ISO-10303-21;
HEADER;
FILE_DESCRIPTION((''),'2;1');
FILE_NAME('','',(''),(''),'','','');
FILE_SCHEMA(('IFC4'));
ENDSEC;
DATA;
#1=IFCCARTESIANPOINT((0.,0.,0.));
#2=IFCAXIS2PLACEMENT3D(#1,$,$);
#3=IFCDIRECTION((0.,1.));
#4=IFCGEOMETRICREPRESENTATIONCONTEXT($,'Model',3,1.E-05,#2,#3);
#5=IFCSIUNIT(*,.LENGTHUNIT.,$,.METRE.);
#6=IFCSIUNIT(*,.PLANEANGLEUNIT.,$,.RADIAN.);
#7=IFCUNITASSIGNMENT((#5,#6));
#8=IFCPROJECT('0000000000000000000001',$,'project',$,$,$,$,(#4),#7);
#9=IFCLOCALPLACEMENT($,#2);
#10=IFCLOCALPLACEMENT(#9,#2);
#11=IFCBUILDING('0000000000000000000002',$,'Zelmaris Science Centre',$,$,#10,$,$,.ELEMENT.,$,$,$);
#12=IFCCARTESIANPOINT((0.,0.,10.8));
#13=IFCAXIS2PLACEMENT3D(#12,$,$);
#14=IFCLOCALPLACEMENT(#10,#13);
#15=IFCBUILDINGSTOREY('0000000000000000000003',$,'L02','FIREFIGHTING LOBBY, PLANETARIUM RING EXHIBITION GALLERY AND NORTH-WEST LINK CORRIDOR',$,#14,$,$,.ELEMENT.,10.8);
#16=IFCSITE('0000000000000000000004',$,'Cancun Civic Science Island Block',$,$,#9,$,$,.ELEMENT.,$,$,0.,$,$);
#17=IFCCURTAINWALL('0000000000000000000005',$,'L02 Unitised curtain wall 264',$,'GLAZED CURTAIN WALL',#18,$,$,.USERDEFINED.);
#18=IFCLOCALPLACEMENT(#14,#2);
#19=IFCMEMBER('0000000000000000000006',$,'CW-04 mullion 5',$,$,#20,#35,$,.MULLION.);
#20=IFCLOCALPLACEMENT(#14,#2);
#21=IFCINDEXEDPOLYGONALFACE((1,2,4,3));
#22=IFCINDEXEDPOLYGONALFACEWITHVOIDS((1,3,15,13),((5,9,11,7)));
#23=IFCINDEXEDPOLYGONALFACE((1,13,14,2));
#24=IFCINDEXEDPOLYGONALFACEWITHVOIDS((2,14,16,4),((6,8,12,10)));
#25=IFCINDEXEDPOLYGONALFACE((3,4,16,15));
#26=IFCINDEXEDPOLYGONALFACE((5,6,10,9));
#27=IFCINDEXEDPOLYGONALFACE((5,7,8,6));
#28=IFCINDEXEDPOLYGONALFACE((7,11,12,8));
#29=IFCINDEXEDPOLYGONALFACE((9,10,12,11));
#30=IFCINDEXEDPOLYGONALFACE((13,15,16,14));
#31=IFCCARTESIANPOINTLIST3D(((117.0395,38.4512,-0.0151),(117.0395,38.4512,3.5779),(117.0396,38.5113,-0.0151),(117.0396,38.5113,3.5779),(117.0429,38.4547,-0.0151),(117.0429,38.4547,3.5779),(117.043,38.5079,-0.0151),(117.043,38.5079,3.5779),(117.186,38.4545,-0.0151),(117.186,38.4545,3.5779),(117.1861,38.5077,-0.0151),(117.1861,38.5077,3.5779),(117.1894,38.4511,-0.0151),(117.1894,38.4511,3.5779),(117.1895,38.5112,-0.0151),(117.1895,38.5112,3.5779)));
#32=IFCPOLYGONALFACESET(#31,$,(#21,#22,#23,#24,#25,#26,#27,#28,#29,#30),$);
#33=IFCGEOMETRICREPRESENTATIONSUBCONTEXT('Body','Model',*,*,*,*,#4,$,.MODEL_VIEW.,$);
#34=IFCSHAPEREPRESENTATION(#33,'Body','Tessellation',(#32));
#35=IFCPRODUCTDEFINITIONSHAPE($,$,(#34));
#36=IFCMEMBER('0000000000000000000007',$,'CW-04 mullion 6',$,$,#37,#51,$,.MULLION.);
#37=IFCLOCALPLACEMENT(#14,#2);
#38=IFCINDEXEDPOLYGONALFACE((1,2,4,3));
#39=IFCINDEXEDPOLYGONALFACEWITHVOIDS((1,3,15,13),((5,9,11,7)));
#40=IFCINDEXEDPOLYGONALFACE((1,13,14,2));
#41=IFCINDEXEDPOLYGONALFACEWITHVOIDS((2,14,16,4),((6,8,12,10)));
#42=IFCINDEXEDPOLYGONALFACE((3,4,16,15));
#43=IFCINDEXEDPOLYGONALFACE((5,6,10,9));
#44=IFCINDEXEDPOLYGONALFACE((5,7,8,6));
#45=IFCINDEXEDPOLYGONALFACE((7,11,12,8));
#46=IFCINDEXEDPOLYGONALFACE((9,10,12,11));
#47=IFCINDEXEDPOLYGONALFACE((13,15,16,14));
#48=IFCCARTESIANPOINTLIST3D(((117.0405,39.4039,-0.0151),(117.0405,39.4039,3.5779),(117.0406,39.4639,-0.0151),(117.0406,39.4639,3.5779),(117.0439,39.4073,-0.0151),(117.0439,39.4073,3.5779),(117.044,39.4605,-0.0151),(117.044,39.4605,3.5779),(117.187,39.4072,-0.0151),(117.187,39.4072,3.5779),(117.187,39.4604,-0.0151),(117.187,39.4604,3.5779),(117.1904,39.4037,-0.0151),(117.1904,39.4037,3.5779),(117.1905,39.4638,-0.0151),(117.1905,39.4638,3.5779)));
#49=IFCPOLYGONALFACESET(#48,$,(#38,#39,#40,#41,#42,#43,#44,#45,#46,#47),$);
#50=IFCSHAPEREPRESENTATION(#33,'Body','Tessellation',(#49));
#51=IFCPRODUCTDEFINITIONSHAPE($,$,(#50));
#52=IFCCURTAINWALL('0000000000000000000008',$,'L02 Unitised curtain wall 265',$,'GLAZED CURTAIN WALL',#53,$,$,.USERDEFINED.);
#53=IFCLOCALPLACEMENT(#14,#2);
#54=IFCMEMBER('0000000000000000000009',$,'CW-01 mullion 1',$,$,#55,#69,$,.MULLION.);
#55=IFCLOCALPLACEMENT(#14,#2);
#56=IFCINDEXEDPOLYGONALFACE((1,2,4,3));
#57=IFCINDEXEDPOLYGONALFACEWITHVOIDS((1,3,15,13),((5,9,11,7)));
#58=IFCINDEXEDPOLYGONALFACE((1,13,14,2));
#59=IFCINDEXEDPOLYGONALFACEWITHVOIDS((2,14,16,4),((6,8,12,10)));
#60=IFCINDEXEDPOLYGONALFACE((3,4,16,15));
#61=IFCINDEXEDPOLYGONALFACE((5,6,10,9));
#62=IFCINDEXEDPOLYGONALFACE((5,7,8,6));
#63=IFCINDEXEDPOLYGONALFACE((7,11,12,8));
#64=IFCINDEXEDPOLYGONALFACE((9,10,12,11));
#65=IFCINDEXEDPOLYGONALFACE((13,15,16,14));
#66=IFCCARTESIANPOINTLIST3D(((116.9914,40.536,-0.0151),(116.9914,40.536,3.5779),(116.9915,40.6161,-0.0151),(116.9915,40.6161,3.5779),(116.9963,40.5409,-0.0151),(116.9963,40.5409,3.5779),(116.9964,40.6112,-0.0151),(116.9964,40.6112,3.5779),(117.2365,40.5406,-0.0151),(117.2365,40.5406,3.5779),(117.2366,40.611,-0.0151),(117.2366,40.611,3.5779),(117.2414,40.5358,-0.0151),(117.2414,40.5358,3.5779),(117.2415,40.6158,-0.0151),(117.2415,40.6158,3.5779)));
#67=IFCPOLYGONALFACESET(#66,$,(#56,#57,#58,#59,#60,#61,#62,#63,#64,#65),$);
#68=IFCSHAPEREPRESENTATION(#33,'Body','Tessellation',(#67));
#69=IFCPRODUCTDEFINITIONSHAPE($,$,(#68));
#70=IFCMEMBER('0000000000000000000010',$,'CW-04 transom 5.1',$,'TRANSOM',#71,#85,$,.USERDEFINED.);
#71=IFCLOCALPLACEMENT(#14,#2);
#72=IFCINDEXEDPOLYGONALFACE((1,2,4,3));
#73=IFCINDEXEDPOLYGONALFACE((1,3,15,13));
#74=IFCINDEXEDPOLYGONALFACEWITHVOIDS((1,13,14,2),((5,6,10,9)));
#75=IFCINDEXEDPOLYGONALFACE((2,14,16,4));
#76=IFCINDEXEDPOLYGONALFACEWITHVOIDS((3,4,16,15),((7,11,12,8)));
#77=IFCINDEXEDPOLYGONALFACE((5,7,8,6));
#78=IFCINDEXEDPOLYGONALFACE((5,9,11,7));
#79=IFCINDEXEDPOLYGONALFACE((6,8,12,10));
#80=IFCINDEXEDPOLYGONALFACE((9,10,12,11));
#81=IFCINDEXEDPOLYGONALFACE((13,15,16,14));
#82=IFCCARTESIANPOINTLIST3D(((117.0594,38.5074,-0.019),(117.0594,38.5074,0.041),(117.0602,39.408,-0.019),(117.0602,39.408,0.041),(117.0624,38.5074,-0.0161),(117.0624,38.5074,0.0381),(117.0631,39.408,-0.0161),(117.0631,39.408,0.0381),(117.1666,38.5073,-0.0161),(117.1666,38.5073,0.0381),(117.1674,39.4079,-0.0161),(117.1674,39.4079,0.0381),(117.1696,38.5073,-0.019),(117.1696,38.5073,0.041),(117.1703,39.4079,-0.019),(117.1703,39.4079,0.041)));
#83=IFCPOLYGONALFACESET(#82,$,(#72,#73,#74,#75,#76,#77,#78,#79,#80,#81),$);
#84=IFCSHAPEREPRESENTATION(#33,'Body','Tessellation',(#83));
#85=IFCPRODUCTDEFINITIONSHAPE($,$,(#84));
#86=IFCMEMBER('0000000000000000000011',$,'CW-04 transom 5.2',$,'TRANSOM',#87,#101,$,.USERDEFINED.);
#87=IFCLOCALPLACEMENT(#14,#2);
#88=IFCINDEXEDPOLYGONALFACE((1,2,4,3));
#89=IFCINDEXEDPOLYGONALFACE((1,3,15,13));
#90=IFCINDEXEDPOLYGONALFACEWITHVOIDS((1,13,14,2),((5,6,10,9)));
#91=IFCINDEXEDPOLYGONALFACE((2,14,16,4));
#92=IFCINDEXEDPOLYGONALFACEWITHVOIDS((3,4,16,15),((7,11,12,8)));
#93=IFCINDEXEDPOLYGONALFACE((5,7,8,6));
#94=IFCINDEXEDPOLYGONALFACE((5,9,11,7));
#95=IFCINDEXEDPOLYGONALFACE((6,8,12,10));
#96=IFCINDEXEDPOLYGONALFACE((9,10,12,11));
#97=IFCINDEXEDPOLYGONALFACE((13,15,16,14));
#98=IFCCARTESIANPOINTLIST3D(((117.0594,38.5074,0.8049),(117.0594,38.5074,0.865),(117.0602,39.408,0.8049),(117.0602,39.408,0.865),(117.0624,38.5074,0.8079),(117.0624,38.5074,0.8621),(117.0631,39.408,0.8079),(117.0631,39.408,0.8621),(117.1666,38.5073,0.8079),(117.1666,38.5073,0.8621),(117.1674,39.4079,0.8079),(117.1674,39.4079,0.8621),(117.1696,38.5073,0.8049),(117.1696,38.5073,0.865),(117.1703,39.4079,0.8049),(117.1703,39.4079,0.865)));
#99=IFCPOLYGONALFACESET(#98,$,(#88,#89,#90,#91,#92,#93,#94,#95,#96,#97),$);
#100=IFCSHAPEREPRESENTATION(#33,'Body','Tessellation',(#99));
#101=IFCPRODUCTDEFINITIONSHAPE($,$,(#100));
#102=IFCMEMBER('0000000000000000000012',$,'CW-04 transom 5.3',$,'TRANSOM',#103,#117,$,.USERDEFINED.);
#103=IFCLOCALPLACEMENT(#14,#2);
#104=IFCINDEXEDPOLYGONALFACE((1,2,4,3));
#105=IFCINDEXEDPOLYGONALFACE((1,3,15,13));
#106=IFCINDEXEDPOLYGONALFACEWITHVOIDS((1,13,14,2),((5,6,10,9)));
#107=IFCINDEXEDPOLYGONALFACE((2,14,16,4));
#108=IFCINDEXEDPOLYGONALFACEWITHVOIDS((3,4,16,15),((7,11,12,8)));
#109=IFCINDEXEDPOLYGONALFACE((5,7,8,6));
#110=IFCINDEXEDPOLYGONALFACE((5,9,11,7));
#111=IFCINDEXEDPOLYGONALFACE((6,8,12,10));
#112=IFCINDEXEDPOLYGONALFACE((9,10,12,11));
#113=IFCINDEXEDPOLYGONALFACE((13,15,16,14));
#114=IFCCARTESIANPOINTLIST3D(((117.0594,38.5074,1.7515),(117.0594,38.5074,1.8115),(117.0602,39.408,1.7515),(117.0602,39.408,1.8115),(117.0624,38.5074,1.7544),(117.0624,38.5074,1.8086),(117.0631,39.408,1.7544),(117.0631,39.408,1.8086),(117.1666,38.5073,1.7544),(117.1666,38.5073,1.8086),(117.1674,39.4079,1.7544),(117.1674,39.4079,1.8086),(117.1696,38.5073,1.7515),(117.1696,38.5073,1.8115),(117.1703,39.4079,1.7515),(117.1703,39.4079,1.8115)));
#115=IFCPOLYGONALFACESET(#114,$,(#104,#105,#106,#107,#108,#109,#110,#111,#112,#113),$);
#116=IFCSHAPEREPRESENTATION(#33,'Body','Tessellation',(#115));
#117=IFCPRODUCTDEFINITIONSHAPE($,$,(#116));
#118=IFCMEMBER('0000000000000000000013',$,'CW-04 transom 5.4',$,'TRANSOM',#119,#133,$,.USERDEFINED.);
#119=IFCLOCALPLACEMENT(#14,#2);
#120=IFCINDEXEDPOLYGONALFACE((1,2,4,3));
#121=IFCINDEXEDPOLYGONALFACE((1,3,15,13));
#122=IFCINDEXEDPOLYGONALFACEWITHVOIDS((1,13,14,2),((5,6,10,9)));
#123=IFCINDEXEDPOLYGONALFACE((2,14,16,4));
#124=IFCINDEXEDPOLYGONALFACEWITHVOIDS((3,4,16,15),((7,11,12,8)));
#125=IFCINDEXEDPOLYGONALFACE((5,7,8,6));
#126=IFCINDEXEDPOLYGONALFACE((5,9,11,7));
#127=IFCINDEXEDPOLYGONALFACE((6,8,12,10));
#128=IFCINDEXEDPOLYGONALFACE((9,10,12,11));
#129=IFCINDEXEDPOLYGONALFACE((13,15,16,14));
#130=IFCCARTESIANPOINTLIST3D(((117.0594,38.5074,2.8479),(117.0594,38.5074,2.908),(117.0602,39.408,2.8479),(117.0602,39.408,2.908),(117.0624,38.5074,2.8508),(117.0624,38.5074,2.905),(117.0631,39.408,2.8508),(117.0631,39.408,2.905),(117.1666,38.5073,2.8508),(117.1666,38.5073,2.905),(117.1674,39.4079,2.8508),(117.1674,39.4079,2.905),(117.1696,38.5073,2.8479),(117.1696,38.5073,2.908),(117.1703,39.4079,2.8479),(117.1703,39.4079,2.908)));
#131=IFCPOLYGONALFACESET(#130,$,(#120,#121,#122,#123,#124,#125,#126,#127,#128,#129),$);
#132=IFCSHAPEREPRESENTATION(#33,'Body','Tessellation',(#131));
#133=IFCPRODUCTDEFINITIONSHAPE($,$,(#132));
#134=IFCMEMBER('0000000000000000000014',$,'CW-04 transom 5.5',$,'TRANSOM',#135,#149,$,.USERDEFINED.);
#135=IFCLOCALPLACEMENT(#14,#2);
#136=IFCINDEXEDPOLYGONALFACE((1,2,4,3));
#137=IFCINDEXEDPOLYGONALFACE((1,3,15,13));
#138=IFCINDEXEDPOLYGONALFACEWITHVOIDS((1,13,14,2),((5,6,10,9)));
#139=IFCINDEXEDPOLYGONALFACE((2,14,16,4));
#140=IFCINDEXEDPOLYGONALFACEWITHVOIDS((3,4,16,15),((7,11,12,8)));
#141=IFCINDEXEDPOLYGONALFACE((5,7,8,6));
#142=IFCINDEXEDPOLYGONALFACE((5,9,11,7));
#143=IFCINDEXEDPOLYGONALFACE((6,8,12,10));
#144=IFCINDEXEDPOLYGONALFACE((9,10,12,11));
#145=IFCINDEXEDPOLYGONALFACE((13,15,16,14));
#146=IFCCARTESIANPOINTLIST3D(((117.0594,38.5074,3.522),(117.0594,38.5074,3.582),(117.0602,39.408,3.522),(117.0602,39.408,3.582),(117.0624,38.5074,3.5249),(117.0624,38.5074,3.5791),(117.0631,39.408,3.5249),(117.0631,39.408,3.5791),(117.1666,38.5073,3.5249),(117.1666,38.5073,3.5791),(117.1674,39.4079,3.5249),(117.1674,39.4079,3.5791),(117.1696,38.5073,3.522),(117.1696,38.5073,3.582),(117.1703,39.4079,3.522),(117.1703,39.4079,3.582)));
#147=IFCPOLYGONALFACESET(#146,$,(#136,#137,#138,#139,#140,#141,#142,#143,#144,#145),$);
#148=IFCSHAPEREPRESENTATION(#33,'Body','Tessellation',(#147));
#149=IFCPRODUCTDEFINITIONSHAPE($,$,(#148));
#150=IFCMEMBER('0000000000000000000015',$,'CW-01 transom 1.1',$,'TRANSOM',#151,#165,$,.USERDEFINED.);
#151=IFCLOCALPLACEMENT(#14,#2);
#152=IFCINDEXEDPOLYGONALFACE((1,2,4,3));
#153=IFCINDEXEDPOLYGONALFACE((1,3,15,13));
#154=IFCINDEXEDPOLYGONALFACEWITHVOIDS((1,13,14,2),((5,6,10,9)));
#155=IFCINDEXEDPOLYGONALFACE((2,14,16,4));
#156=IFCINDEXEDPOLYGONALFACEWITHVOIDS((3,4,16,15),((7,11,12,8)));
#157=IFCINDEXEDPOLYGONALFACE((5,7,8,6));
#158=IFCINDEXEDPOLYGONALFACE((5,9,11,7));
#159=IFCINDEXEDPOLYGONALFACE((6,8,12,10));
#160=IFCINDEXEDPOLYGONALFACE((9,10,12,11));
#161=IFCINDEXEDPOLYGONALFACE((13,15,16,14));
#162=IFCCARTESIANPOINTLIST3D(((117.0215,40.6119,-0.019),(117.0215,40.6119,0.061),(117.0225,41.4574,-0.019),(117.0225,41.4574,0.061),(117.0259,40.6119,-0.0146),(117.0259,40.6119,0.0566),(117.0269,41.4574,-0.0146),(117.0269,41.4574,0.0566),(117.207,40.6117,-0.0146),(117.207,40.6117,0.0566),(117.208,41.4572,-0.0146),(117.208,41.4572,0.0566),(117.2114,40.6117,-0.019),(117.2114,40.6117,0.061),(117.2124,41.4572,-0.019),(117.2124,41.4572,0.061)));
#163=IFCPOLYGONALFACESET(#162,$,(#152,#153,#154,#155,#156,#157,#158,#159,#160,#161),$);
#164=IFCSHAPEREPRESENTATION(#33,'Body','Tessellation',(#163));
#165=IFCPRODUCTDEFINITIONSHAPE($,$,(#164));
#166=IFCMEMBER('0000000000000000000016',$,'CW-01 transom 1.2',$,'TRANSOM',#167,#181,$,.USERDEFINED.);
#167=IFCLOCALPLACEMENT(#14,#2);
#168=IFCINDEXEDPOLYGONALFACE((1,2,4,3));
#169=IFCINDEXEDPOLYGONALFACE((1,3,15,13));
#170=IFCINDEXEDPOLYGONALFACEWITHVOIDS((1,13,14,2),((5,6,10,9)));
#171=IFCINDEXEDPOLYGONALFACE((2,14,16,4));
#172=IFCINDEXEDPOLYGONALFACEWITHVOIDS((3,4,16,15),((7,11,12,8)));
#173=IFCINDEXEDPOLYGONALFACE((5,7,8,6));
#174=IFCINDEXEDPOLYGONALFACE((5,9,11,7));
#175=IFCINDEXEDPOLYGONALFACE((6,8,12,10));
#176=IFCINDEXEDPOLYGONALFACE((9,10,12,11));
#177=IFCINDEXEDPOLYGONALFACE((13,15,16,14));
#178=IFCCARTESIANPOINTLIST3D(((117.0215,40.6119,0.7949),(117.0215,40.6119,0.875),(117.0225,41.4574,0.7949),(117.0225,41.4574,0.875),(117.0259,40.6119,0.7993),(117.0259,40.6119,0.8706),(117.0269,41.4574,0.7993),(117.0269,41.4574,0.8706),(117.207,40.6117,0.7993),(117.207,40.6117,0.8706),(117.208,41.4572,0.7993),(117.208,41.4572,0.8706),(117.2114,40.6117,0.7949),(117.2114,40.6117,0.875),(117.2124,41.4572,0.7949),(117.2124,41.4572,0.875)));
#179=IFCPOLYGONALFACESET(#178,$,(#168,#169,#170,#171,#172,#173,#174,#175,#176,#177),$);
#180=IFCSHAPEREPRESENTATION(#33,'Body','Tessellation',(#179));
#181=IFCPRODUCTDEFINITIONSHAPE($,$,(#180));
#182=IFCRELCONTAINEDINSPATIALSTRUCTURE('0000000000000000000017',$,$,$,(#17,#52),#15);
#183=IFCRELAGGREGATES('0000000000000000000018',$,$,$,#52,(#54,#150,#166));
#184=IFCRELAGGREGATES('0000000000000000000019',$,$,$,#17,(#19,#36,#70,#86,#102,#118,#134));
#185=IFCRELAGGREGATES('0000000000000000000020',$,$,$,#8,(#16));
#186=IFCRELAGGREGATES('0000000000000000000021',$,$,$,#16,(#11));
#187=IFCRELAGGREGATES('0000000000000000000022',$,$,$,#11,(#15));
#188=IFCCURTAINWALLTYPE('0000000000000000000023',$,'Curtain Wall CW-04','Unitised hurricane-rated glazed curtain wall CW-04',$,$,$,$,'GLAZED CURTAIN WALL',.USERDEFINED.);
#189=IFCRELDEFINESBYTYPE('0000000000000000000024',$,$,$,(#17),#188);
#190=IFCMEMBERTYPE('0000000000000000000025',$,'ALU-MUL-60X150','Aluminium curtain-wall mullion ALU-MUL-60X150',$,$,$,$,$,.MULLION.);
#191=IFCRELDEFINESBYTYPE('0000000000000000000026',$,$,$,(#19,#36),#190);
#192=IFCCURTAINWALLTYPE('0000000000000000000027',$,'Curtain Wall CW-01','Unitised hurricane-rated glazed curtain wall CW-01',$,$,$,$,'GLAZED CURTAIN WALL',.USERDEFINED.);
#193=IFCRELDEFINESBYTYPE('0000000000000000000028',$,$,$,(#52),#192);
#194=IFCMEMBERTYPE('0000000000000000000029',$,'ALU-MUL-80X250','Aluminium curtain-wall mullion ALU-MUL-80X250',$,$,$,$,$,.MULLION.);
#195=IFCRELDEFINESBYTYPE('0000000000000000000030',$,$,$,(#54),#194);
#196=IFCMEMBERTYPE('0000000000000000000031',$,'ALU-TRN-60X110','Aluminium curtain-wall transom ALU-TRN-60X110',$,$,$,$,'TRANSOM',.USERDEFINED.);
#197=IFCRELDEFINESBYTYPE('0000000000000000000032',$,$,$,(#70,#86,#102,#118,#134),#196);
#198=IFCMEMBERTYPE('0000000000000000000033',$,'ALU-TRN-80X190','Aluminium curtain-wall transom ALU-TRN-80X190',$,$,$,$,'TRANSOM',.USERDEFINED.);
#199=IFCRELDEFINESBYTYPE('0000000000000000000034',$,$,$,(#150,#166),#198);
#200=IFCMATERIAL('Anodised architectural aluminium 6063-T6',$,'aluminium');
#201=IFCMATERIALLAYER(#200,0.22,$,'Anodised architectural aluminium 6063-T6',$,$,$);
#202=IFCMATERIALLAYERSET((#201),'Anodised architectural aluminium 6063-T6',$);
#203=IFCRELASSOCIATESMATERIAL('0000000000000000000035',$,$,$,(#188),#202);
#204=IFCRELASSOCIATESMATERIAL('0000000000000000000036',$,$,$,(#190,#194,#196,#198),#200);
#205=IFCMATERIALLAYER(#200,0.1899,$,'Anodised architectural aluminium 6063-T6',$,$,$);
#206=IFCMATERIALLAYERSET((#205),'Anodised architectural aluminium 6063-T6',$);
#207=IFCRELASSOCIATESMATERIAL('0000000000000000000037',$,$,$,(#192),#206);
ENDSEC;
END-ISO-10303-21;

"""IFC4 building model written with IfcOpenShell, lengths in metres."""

from ifc_helpers import new_model, si_unit, direction, frame, origin, origin_2d, place, context, subcontext, project, spatial, hollow_rectangle, extrude, material, layer, layer_set, material_profile, profile_set, type_object, element, aggregate, save


model = new_model("IFC4")

# Units and contexts
model_context = context("Model", 3, precision=1e-05, world=origin(), true_north=direction((0.0, 1.0)))
body_context = subcontext(model_context, "Body", "Model", "MODEL_VIEW")
ifc_project = project(units=[si_unit("LENGTHUNIT", "METRE"), si_unit("PLANEANGLEUNIT", "RADIAN")], contexts=[model_context])

# Site, building, storey
site_placement = place(None, origin())
site = spatial("IfcSite", under=ifc_project, at=site_placement, Name="Cancun Civic Science Island Block", CompositionType="ELEMENT", RefElevation=0.0)
building_placement = place(site_placement, origin())
building = spatial("IfcBuilding", under=site, at=building_placement, Name="Zelmaris Science Centre", CompositionType="ELEMENT")
storey_placement = place(building_placement, frame((0.0, 0.0, 10.8)))
storey = spatial("IfcBuildingStorey", under=building, at=storey_placement, Name="L02", Description="FIREFIGHTING LOBBY, PLANETARIUM RING EXHIBITION GALLERY AND NORTH-WEST LINK CORRIDOR", CompositionType="ELEMENT", Elevation=10.8)

# Curtain wall, members
ifc_material_1 = material(Name="Anodised architectural aluminium 6063-T6", Category="aluminium")
ifc_layer_1 = layer(ifc_material_1, 0.22, Name="Anodised architectural aluminium 6063-T6")
ifc_layer_set_1 = layer_set([ifc_layer_1], Name="Anodised architectural aluminium 6063-T6")
curtain_wall_type_1 = type_object("IfcCurtainWallType", Name="Curtain Wall CW-04", Description="Unitised hurricane-rated glazed curtain wall CW-04", ElementType="GLAZED CURTAIN WALL", PredefinedType="USERDEFINED", material=ifc_layer_set_1)
curtain_wall_1_placement = place(storey_placement, origin())
curtain_wall_1 = element("IfcCurtainWall", 1, at=curtain_wall_1_placement, inside=storey, type_object=curtain_wall_type_1, Name="L02 Unitised curtain wall 264", ObjectType="GLAZED CURTAIN WALL", PredefinedType="USERDEFINED")
ifc_material_profile_1 = material_profile(ifc_material_1, hollow_rectangle(XDim=0.0601, YDim=0.1499, WallThickness=0.0034, at=origin_2d()), Name="ALU-MUL-60X150")
ifc_profile_set_1 = profile_set([ifc_material_profile_1], Name="Anodised architectural aluminium 6063-T6")
member_type_1 = type_object("IfcMemberType", Name="ALU-MUL-60X150", Description="Aluminium curtain-wall mullion ALU-MUL-60X150", PredefinedType="MULLION", material=ifc_profile_set_1)
member_1_placement = place(storey_placement, frame((117.1145, 38.4812, -0.0151), z_axis=(0.0, 0.0, 1.0), x_axis=(0.001019, 0.999999, 0.0)))
member_1 = element("IfcMember", 2, at=member_1_placement, type_object=member_type_1, Name="CW-04 mullion 5", PredefinedType="MULLION", context=body_context, shape_type="SweptSolid", body=[
    extrude(hollow_rectangle(XDim=0.0601, YDim=0.1499, WallThickness=0.0034, at=origin_2d()), origin(), (0.0, 0.0, 1.0), 3.593),
])
member_2_placement = place(storey_placement, frame((117.1155, 39.4338, -0.0151), z_axis=(0.0, 0.0, 1.0), x_axis=(0.001019, 0.999999, 0.0)))
member_2 = element("IfcMember", 3, at=member_2_placement, type_object=member_type_1, Name="CW-04 mullion 6", PredefinedType="MULLION", context=body_context, shape_type="SweptSolid", body=[
    extrude(hollow_rectangle(XDim=0.0601, YDim=0.1499, WallThickness=0.0034, at=origin_2d()), origin(), (0.0, 0.0, 1.0), 3.593),
])

# Curtain wall, member
ifc_layer_2 = layer(ifc_material_1, 0.1899, Name="Anodised architectural aluminium 6063-T6")
ifc_layer_set_2 = layer_set([ifc_layer_2], Name="Anodised architectural aluminium 6063-T6")
curtain_wall_type_2 = type_object("IfcCurtainWallType", Name="Curtain Wall CW-01", Description="Unitised hurricane-rated glazed curtain wall CW-01", ElementType="GLAZED CURTAIN WALL", PredefinedType="USERDEFINED", material=ifc_layer_set_2)
curtain_wall_2_placement = place(storey_placement, origin())
curtain_wall_2 = element("IfcCurtainWall", 4, at=curtain_wall_2_placement, inside=storey, type_object=curtain_wall_type_2, Name="L02 Unitised curtain wall 265", ObjectType="GLAZED CURTAIN WALL", PredefinedType="USERDEFINED")
ifc_material_profile_2 = material_profile(ifc_material_1, hollow_rectangle(XDim=0.0801, YDim=0.25, WallThickness=0.0049, at=origin_2d()), Name="ALU-MUL-80X250")
ifc_profile_set_2 = profile_set([ifc_material_profile_2], Name="Anodised architectural aluminium 6063-T6")
member_type_2 = type_object("IfcMemberType", Name="ALU-MUL-80X250", Description="Aluminium curtain-wall mullion ALU-MUL-80X250", PredefinedType="MULLION", material=ifc_profile_set_2)
member_3_placement = place(storey_placement, frame((117.1165, 40.5759, -0.0151), z_axis=(0.0, 0.0, 1.0), x_axis=(0.001019, 0.999999, 0.0)))
member_3 = element("IfcMember", 5, at=member_3_placement, type_object=member_type_2, Name="CW-01 mullion 1", PredefinedType="MULLION", context=body_context, shape_type="SweptSolid", body=[
    extrude(hollow_rectangle(XDim=0.0801, YDim=0.25, WallThickness=0.0049, at=origin_2d()), origin(), (0.0, 0.0, 1.0), 3.593),
])

# Members
ifc_material_profile_3 = material_profile(ifc_material_1, hollow_rectangle(XDim=0.0601, YDim=0.1101, WallThickness=0.0029, at=origin_2d()), Name="ALU-TRN-60X110")
ifc_profile_set_3 = profile_set([ifc_material_profile_3], Name="Anodised architectural aluminium 6063-T6")
member_type_3 = type_object("IfcMemberType", Name="ALU-TRN-60X110", Description="Aluminium curtain-wall transom ALU-TRN-60X110", ElementType="TRANSOM", PredefinedType="USERDEFINED", material=ifc_profile_set_3)
member_4_placement = place(storey_placement, frame((117.1145, 38.5073, 0.011), z_axis=(0.000813, 1.0, 0.0), x_axis=(0.0, 0.0, 1.0)))
member_4 = element("IfcMember", 6, at=member_4_placement, type_object=member_type_3, Name="CW-04 transom 5.1", ObjectType="TRANSOM", PredefinedType="USERDEFINED", context=body_context, shape_type="SweptSolid", body=[
    extrude(hollow_rectangle(XDim=0.0601, YDim=0.1101, WallThickness=0.0029, at=origin_2d()), origin(), (0.0, 0.0, 1.0), 0.9006),
])
member_5_placement = place(storey_placement, frame((117.1145, 38.5073, 0.835), z_axis=(0.000813, 1.0, 0.0), x_axis=(0.0, 0.0, 1.0)))
member_5 = element("IfcMember", 7, at=member_5_placement, type_object=member_type_3, Name="CW-04 transom 5.2", ObjectType="TRANSOM", PredefinedType="USERDEFINED", context=body_context, shape_type="SweptSolid", body=[
    extrude(hollow_rectangle(XDim=0.0601, YDim=0.1101, WallThickness=0.0029, at=origin_2d()), origin(), (0.0, 0.0, 1.0), 0.9006),
])
member_6_placement = place(storey_placement, frame((117.1145, 38.5073, 1.7815), z_axis=(0.000813, 1.0, 0.0), x_axis=(0.0, 0.0, 1.0)))
member_6 = element("IfcMember", 8, at=member_6_placement, type_object=member_type_3, Name="CW-04 transom 5.3", ObjectType="TRANSOM", PredefinedType="USERDEFINED", context=body_context, shape_type="SweptSolid", body=[
    extrude(hollow_rectangle(XDim=0.0601, YDim=0.1101, WallThickness=0.0029, at=origin_2d()), origin(), (0.0, 0.0, 1.0), 0.9006),
])
member_7_placement = place(storey_placement, frame((117.1145, 38.5073, 2.8779), z_axis=(0.000813, 1.0, 0.0), x_axis=(0.0, 0.0, 1.0)))
member_7 = element("IfcMember", 9, at=member_7_placement, type_object=member_type_3, Name="CW-04 transom 5.4", ObjectType="TRANSOM", PredefinedType="USERDEFINED", context=body_context, shape_type="SweptSolid", body=[
    extrude(hollow_rectangle(XDim=0.0601, YDim=0.1101, WallThickness=0.0029, at=origin_2d()), origin(), (0.0, 0.0, 1.0), 0.9006),
])
member_8_placement = place(storey_placement, frame((117.1145, 38.5073, 3.552), z_axis=(0.000813, 1.0, 0.0), x_axis=(0.0, 0.0, 1.0)))
member_8 = element("IfcMember", 10, at=member_8_placement, type_object=member_type_3, Name="CW-04 transom 5.5", ObjectType="TRANSOM", PredefinedType="USERDEFINED", context=body_context, shape_type="SweptSolid", body=[
    extrude(hollow_rectangle(XDim=0.0601, YDim=0.1101, WallThickness=0.0029, at=origin_2d()), origin(), (0.0, 0.0, 1.0), 0.9006),
])
ifc_material_profile_4 = material_profile(ifc_material_1, hollow_rectangle(XDim=0.0801, YDim=0.1899, WallThickness=0.0044, at=origin_2d()), Name="ALU-TRN-80X190")
ifc_profile_set_4 = profile_set([ifc_material_profile_4], Name="Anodised architectural aluminium 6063-T6")
member_type_4 = type_object("IfcMemberType", Name="ALU-TRN-80X190", Description="Aluminium curtain-wall transom ALU-TRN-80X190", ElementType="TRANSOM", PredefinedType="USERDEFINED", material=ifc_profile_set_4)
member_9_placement = place(storey_placement, frame((117.1165, 40.6118, 0.021), z_axis=(0.001155, 0.999999, 0.0), x_axis=(0.0, 0.0, 1.0)))
member_9 = element("IfcMember", 11, at=member_9_placement, type_object=member_type_4, Name="CW-01 transom 1.1", ObjectType="TRANSOM", PredefinedType="USERDEFINED", context=body_context, shape_type="SweptSolid", body=[
    extrude(hollow_rectangle(XDim=0.0801, YDim=0.1899, WallThickness=0.0044, at=origin_2d()), origin(), (0.0, 0.0, 1.0), 0.8455),
])
member_10_placement = place(storey_placement, frame((117.1165, 40.6118, 0.835), z_axis=(0.001155, 0.999999, 0.0), x_axis=(0.0, 0.0, 1.0)))
member_10 = element("IfcMember", 12, at=member_10_placement, type_object=member_type_4, Name="CW-01 transom 1.2", ObjectType="TRANSOM", PredefinedType="USERDEFINED", context=body_context, shape_type="SweptSolid", body=[
    extrude(hollow_rectangle(XDim=0.0801, YDim=0.1899, WallThickness=0.0044, at=origin_2d()), origin(), (0.0, 0.0, 1.0), 0.8455),
])

aggregate(curtain_wall_2, [member_3, member_9, member_10])
aggregate(curtain_wall_1, [member_1, member_2, member_4, member_5, member_6, member_7, member_8])

save(model, "model.ifc")
